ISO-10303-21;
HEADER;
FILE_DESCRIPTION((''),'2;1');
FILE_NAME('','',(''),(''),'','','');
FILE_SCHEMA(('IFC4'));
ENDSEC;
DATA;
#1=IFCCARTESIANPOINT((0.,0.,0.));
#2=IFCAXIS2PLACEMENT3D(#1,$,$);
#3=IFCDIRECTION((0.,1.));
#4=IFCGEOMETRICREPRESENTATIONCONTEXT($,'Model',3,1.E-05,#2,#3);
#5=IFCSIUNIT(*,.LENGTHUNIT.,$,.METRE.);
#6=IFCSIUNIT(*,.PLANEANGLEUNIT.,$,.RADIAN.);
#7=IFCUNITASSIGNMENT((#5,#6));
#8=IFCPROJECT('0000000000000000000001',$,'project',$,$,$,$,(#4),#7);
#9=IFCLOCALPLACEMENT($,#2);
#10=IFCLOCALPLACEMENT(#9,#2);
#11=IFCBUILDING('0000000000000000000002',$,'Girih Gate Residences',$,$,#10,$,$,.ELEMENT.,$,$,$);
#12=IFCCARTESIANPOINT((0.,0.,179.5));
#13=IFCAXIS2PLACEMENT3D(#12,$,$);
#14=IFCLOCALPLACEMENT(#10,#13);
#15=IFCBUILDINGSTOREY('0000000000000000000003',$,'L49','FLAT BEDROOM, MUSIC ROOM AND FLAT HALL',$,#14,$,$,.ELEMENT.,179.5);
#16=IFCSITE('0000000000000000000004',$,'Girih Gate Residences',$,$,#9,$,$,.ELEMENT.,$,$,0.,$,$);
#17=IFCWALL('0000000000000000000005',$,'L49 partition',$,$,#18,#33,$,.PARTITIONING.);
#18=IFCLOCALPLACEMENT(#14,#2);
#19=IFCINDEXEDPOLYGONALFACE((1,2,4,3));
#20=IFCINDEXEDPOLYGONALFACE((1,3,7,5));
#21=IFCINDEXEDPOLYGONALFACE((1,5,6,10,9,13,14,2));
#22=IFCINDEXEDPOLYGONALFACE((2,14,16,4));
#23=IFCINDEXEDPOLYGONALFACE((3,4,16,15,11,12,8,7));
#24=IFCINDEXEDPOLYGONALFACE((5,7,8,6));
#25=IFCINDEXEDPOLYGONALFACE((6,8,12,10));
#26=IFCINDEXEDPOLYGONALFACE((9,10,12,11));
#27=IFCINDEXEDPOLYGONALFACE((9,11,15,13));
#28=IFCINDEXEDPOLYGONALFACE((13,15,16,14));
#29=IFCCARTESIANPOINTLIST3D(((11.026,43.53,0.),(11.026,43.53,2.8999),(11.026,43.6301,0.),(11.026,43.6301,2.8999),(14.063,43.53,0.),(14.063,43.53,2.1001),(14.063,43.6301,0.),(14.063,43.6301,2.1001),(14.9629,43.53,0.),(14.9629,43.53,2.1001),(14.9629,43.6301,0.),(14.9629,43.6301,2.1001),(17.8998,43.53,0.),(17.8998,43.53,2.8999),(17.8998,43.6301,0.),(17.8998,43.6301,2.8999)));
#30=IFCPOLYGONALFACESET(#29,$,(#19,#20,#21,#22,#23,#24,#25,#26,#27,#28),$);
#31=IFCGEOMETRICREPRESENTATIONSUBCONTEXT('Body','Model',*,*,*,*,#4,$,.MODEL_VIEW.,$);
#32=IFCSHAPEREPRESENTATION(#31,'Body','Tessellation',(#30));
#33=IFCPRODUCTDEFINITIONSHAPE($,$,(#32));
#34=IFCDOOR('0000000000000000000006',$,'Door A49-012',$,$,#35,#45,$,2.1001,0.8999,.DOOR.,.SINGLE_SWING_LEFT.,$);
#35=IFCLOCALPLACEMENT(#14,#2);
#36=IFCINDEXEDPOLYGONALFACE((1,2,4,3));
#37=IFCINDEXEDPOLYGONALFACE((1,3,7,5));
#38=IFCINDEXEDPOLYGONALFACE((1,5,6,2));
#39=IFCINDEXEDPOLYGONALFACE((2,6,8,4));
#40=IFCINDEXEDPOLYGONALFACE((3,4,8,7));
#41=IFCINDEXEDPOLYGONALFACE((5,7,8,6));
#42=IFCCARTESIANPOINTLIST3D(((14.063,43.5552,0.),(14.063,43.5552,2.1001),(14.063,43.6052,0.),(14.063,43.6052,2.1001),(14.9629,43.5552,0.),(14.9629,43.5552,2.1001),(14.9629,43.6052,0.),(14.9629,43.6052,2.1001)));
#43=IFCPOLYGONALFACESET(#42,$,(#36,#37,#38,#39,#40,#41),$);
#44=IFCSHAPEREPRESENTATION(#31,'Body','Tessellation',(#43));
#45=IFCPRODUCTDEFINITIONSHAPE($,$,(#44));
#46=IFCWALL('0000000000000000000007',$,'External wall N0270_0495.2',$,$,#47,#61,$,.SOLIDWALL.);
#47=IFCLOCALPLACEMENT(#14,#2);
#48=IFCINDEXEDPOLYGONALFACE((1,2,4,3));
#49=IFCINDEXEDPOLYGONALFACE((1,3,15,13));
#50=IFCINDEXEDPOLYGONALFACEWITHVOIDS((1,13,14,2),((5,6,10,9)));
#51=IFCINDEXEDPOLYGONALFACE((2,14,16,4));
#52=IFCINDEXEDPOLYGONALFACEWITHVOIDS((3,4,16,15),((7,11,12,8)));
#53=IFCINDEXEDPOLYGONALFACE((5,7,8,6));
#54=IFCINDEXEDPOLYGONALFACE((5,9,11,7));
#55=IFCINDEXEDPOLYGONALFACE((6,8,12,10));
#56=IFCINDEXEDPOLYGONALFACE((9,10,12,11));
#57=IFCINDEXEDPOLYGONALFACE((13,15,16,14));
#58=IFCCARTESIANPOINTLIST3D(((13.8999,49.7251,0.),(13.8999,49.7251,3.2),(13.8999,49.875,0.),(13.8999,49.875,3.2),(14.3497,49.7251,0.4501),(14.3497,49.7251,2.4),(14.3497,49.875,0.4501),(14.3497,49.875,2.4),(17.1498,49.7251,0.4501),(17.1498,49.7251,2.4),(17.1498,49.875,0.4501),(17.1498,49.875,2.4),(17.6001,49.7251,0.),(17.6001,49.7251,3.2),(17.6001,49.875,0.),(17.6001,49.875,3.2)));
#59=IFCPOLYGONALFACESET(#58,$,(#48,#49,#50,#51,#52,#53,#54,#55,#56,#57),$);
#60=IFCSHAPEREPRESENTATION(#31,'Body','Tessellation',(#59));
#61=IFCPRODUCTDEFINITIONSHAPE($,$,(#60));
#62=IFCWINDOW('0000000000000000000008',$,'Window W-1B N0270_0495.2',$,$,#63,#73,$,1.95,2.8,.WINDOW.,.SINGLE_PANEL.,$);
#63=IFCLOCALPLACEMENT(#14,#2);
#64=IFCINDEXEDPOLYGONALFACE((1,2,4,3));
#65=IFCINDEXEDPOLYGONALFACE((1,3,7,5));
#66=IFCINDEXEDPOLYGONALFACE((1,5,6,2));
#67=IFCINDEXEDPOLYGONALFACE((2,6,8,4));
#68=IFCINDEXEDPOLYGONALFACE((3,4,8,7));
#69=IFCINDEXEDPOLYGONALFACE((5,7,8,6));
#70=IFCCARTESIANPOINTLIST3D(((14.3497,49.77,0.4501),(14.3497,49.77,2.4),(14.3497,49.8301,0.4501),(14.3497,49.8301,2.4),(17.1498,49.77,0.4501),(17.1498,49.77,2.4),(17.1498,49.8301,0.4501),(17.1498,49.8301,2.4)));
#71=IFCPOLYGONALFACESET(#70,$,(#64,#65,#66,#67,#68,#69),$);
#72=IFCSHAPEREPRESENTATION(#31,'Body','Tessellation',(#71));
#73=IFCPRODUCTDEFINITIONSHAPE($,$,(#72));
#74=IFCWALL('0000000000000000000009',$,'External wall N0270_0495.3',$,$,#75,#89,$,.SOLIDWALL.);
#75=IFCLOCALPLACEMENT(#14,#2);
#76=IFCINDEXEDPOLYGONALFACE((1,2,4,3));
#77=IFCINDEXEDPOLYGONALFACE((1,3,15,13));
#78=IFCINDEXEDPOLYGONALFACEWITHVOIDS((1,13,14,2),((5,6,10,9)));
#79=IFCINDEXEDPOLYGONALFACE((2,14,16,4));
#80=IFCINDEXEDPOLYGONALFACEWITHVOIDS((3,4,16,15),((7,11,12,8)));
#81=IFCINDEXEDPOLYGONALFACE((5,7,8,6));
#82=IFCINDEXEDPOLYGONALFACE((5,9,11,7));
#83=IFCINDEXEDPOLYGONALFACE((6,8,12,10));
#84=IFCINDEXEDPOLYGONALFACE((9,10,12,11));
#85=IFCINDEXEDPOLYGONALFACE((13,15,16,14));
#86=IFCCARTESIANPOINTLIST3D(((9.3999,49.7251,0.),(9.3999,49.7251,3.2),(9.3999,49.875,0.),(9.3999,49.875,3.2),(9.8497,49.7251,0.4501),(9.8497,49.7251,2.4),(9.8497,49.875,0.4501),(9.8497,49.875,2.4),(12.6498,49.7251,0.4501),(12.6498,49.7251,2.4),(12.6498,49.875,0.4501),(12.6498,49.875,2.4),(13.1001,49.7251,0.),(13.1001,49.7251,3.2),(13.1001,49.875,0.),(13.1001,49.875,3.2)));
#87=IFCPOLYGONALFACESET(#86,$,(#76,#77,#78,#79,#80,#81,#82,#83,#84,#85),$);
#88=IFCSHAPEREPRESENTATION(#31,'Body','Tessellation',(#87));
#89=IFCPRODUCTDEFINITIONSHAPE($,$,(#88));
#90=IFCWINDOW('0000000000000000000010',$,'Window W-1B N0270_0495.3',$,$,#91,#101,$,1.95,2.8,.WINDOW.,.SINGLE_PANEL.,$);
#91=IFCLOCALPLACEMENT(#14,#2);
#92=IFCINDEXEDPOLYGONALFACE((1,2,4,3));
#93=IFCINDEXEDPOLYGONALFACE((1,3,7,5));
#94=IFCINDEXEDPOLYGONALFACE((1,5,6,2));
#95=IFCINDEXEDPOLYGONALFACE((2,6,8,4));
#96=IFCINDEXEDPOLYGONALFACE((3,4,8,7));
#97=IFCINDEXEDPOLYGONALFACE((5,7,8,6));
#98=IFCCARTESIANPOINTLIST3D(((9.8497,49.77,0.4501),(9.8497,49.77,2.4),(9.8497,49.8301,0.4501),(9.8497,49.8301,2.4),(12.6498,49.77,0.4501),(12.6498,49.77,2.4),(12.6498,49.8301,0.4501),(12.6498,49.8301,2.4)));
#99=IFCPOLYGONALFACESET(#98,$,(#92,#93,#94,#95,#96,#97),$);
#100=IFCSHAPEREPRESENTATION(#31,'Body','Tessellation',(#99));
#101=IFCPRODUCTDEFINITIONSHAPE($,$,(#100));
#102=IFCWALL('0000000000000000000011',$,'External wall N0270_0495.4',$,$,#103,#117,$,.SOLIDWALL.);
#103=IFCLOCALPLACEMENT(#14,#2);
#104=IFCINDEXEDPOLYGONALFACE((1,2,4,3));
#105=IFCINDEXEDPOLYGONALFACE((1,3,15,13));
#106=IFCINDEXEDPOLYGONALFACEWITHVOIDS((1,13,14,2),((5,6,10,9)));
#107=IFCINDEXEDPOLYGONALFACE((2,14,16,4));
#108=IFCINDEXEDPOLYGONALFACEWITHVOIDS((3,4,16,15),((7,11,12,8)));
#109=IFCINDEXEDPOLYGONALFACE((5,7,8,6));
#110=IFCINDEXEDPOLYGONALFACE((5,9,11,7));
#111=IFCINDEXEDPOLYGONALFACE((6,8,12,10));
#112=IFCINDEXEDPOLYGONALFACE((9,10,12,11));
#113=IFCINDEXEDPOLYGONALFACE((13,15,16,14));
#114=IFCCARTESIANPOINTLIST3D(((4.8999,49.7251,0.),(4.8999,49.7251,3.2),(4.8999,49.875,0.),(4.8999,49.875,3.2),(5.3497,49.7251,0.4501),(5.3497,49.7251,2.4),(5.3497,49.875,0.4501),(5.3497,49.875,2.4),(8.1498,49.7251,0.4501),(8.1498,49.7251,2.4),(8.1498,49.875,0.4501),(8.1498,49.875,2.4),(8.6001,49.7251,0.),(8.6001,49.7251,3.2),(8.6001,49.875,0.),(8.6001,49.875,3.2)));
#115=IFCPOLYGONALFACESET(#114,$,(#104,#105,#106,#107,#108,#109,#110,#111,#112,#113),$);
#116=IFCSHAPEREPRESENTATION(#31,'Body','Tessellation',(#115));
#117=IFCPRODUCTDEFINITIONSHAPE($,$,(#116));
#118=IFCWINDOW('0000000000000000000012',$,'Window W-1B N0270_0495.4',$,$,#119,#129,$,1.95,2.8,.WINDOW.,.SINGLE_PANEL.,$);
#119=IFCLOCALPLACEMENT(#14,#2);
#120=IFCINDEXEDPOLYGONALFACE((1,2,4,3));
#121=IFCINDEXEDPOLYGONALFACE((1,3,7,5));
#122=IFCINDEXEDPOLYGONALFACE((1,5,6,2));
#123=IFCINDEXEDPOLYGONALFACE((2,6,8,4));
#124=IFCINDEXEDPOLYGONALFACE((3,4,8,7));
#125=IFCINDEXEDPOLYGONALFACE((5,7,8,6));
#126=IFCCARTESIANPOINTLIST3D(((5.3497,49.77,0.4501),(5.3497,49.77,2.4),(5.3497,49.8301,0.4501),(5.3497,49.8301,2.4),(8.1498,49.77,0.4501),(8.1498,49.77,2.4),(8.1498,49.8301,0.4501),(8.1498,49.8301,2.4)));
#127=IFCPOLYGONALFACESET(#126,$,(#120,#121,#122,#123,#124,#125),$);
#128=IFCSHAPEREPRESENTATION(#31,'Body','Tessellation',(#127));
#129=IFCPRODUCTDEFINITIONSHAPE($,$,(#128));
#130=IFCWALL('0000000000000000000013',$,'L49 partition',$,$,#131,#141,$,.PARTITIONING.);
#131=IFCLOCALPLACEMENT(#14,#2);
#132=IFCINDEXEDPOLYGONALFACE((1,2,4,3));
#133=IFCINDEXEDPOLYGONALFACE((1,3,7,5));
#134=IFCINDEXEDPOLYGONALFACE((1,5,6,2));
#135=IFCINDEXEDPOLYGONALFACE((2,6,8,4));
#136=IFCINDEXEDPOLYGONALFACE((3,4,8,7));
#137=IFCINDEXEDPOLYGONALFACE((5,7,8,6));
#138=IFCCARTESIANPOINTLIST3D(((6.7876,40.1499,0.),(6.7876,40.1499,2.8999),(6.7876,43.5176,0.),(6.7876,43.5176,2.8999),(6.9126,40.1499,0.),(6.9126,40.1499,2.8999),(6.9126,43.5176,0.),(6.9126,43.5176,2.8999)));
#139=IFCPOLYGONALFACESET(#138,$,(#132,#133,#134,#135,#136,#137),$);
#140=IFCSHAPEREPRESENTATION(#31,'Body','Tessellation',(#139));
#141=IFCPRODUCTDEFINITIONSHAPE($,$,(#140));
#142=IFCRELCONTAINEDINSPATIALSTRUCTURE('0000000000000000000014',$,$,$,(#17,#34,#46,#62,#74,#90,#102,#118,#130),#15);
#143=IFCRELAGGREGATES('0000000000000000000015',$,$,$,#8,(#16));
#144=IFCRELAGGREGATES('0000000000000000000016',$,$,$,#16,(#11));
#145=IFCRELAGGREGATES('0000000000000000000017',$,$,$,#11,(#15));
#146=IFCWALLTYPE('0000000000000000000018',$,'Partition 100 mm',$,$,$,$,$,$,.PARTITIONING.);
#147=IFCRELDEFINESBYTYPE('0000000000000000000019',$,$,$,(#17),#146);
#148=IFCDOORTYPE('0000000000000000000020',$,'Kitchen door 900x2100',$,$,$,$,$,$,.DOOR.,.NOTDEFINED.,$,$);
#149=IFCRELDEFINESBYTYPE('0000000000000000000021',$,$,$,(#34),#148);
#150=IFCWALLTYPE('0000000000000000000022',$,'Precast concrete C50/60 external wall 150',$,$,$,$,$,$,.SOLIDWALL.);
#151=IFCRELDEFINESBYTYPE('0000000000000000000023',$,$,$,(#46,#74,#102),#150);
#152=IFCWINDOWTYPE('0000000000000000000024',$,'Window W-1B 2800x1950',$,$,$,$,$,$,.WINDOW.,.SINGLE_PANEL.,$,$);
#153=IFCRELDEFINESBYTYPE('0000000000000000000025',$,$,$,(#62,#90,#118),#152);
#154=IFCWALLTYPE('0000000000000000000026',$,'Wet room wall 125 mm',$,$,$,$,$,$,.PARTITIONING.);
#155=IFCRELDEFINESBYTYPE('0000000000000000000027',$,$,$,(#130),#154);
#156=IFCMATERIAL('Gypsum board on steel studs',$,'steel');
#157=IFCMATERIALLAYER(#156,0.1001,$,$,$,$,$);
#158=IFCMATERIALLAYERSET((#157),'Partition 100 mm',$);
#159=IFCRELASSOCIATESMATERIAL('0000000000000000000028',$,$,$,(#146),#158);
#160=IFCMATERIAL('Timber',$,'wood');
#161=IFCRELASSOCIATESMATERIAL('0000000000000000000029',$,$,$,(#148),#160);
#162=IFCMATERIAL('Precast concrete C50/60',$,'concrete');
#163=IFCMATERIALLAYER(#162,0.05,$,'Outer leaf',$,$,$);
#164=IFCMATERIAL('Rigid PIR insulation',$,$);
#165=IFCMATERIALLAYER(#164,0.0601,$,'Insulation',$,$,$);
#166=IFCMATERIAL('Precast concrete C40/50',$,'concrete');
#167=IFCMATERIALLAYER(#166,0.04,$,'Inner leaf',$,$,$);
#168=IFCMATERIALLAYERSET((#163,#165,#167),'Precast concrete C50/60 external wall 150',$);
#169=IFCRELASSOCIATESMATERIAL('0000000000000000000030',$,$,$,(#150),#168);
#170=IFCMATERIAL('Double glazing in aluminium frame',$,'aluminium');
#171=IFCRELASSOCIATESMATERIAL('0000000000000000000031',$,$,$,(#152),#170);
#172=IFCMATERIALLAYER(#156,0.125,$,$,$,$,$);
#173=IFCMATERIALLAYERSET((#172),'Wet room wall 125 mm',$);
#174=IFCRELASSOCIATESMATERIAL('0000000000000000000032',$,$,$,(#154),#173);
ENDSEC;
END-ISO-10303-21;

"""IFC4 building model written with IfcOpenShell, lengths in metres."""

from ifc_helpers import new_model, si_unit, direction, frame, frame_2d, origin, place, context, subcontext, project, spatial, rectangle, extrude, material, layer, layer_set, type_object, element, fill, save


model = new_model("IFC4")

# Units and contexts
model_context = context("Model", 3, precision=1e-05, world=origin(), true_north=direction((0.0, 1.0)))
body_context = subcontext(model_context, "Body", "Model", "MODEL_VIEW")
ifc_project = project(units=[si_unit("LENGTHUNIT", "METRE"), si_unit("PLANEANGLEUNIT", "RADIAN")], contexts=[model_context])

# Site, building, storey
site_placement = place(None, origin())
site = spatial("IfcSite", under=ifc_project, at=site_placement, Name="Girih Gate Residences", CompositionType="ELEMENT", RefElevation=0.0)
building_placement = place(site_placement, origin())
building = spatial("IfcBuilding", under=site, at=building_placement, Name="Girih Gate Residences", CompositionType="ELEMENT")
storey_placement = place(building_placement, frame((0.0, 0.0, 179.5)))
storey = spatial("IfcBuildingStorey", under=building, at=storey_placement, Name="L49", Description="FLAT BEDROOM, MUSIC ROOM AND FLAT HALL", CompositionType="ELEMENT", Elevation=179.5)

# Shared definitions
ifc_material_1 = material(Name="Gypsum board on steel studs", Category="steel")
ifc_layer_1 = layer(ifc_material_1, 0.1001)
ifc_layer_set_1 = layer_set([ifc_layer_1], Name="Partition 100 mm")
wall_type_1 = type_object("IfcWallType", Name="Partition 100 mm", PredefinedType="PARTITIONING", material=ifc_layer_set_1)

# Wall, opening, door
ifc_material_2 = material(Name="Timber", Category="wood")
wall_1_placement = place(storey_placement, frame((17.8999, 43.5801, 0.0), z_axis=(0.0, 0.0, 1.0), x_axis=(-1.0, 0.0, 0.0)))
wall_1 = element("IfcWall", 1, at=wall_1_placement, inside=storey, type_object=wall_type_1, Name="L49 partition", PredefinedType="PARTITIONING", context=body_context, shape_type="SweptSolid", body=[
    extrude(rectangle(XDim=6.8738, YDim=0.1001, at=frame_2d((3.437, 0.0))), origin(), (0.0, 0.0, 1.0), 2.8999),
])
opening_1_placement = place(wall_1_placement, frame((2.937, 0.0, 0.0)))
opening_1 = element("IfcOpeningElement", 2, at=opening_1_placement, cuts=wall_1, PredefinedType="OPENING", context=body_context, shape_type="SweptSolid", body=[
    extrude(rectangle(XDim=0.8999, YDim=2.1001, at=frame_2d((0.45, 1.05))), frame((0.0, 0.0601, 0.0), z_axis=(0.0, -1.0, 0.0), x_axis=(1.0, 0.0, 0.0)), (0.0, 0.0, 1.0), 0.1201),
])
door_type_1 = type_object("IfcDoorType", Name="Kitchen door 900x2100", OperationType="NOTDEFINED", PredefinedType="DOOR", material=ifc_material_2)
door_1_placement = place(opening_1_placement, origin())
door_1 = element("IfcDoor", 3, at=door_1_placement, inside=storey, type_object=door_type_1, Name="Door A49-012", OperationType="SINGLE_SWING_LEFT", OverallHeight=2.1001, OverallWidth=0.8999, PredefinedType="DOOR", context=body_context, shape_type="SweptSolid", body=[
    extrude(rectangle(XDim=0.8999, YDim=2.1001, at=frame_2d((0.45, 1.05))), frame((0.0, 0.0249, 0.0), z_axis=(0.0, -1.0, 0.0), x_axis=(1.0, 0.0, 0.0)), (0.0, 0.0, 1.0), 0.05),
])
fill(opening_1, door_1)

# Walls, openings, windows
ifc_material_3 = material(Name="Precast concrete C50/60", Category="concrete")
ifc_layer_2 = layer(ifc_material_3, 0.05, Name="Outer leaf")
ifc_material_4 = material(Name="Rigid PIR insulation")
ifc_layer_3 = layer(ifc_material_4, 0.0601, Name="Insulation")
ifc_material_5 = material(Name="Precast concrete C40/50", Category="concrete")
ifc_layer_4 = layer(ifc_material_5, 0.04, Name="Inner leaf")
ifc_layer_set_2 = layer_set([ifc_layer_2, ifc_layer_3, ifc_layer_4], Name="Precast concrete C50/60 external wall 150")
wall_type_2 = type_object("IfcWallType", Name="Precast concrete C50/60 external wall 150", PredefinedType="SOLIDWALL", material=ifc_layer_set_2)
wall_2_placement = place(storey_placement, frame((13.8999, 49.8, 0.0), z_axis=(0.0, 0.0, 1.0), x_axis=(1.0, 0.0, 0.0)))
wall_2 = element("IfcWall", 4, at=wall_2_placement, inside=storey, type_object=wall_type_2, Name="External wall N0270_0495.2", PredefinedType="SOLIDWALL", context=body_context, shape_type="SweptSolid", body=[
    extrude(rectangle(XDim=3.7002, YDim=0.1499, at=frame_2d((1.8501, 0.0))), origin(), (0.0, 0.0, 1.0), 3.2),
])
opening_2_placement = place(wall_2_placement, frame((0.45, 0.0, 0.45)))
opening_2 = element("IfcOpeningElement", 5, at=opening_2_placement, cuts=wall_2, PredefinedType="OPENING", context=body_context, shape_type="SweptSolid", body=[
    extrude(rectangle(XDim=2.8, YDim=1.95, at=frame_2d((1.3999, 0.9751))), frame((0.0, 0.085, 0.0), z_axis=(0.0, -1.0, 0.0), x_axis=(1.0, 0.0, 0.0)), (0.0, 0.0, 1.0), 0.1699),
])
ifc_material_6 = material(Name="Double glazing in aluminium frame", Category="aluminium")
window_type = type_object("IfcWindowType", Name="Window W-1B 2800x1950", PartitioningType="SINGLE_PANEL", PredefinedType="WINDOW", material=ifc_material_6)
window_1_placement = place(opening_2_placement, origin())
window_1 = element("IfcWindow", 6, at=window_1_placement, inside=storey, type_object=window_type, Name="Window W-1B N0270_0495.2", OverallHeight=1.95, OverallWidth=2.8, PartitioningType="SINGLE_PANEL", PredefinedType="WINDOW", context=body_context, shape_type="SweptSolid", body=[
    extrude(rectangle(XDim=2.8, YDim=1.95, at=frame_2d((1.3999, 0.9751))), frame((0.0, 0.03, 0.0), z_axis=(0.0, -1.0, 0.0), x_axis=(1.0, 0.0, 0.0)), (0.0, 0.0, 1.0), 0.0601),
])
fill(opening_2, window_1)
wall_3_placement = place(storey_placement, frame((9.3999, 49.8, 0.0), z_axis=(0.0, 0.0, 1.0), x_axis=(1.0, 0.0, 0.0)))
wall_3 = element("IfcWall", 7, at=wall_3_placement, inside=storey, type_object=wall_type_2, Name="External wall N0270_0495.3", PredefinedType="SOLIDWALL", context=body_context, shape_type="SweptSolid", body=[
    extrude(rectangle(XDim=3.7002, YDim=0.1499, at=frame_2d((1.8501, 0.0))), origin(), (0.0, 0.0, 1.0), 3.2),
])
opening_3_placement = place(wall_3_placement, frame((0.45, 0.0, 0.45)))
opening_3 = element("IfcOpeningElement", 8, at=opening_3_placement, cuts=wall_3, PredefinedType="OPENING", context=body_context, shape_type="SweptSolid", body=[
    extrude(rectangle(XDim=2.8, YDim=1.95, at=frame_2d((1.3999, 0.9751))), frame((0.0, 0.085, 0.0), z_axis=(0.0, -1.0, 0.0), x_axis=(1.0, 0.0, 0.0)), (0.0, 0.0, 1.0), 0.1699),
])
window_2_placement = place(opening_3_placement, origin())
window_2 = element("IfcWindow", 9, at=window_2_placement, inside=storey, type_object=window_type, Name="Window W-1B N0270_0495.3", OverallHeight=1.95, OverallWidth=2.8, PartitioningType="SINGLE_PANEL", PredefinedType="WINDOW", context=body_context, shape_type="SweptSolid", body=[
    extrude(rectangle(XDim=2.8, YDim=1.95, at=frame_2d((1.3999, 0.9751))), frame((0.0, 0.03, 0.0), z_axis=(0.0, -1.0, 0.0), x_axis=(1.0, 0.0, 0.0)), (0.0, 0.0, 1.0), 0.0601),
])
fill(opening_3, window_2)
wall_4_placement = place(storey_placement, frame((4.8999, 49.8, 0.0), z_axis=(0.0, 0.0, 1.0), x_axis=(1.0, 0.0, 0.0)))
wall_4 = element("IfcWall", 10, at=wall_4_placement, inside=storey, type_object=wall_type_2, Name="External wall N0270_0495.4", PredefinedType="SOLIDWALL", context=body_context, shape_type="SweptSolid", body=[
    extrude(rectangle(XDim=3.7002, YDim=0.1499, at=frame_2d((1.8501, 0.0))), origin(), (0.0, 0.0, 1.0), 3.2),
])
opening_4_placement = place(wall_4_placement, frame((0.45, 0.0, 0.45)))
opening_4 = element("IfcOpeningElement", 11, at=opening_4_placement, cuts=wall_4, PredefinedType="OPENING", context=body_context, shape_type="SweptSolid", body=[
    extrude(rectangle(XDim=2.8, YDim=1.95, at=frame_2d((1.3999, 0.9751))), frame((0.0, 0.085, 0.0), z_axis=(0.0, -1.0, 0.0), x_axis=(1.0, 0.0, 0.0)), (0.0, 0.0, 1.0), 0.1699),
])
window_3_placement = place(opening_4_placement, origin())
window_3 = element("IfcWindow", 12, at=window_3_placement, inside=storey, type_object=window_type, Name="Window W-1B N0270_0495.4", OverallHeight=1.95, OverallWidth=2.8, PartitioningType="SINGLE_PANEL", PredefinedType="WINDOW", context=body_context, shape_type="SweptSolid", body=[
    extrude(rectangle(XDim=2.8, YDim=1.95, at=frame_2d((1.3999, 0.9751))), frame((0.0, 0.03, 0.0), z_axis=(0.0, -1.0, 0.0), x_axis=(1.0, 0.0, 0.0)), (0.0, 0.0, 1.0), 0.0601),
])
fill(opening_4, window_3)

# Wall
ifc_layer_5 = layer(ifc_material_1, 0.125)
ifc_layer_set_3 = layer_set([ifc_layer_5], Name="Wet room wall 125 mm")
wall_type_3 = type_object("IfcWallType", Name="Wet room wall 125 mm", PredefinedType="PARTITIONING", material=ifc_layer_set_3)
wall_5_placement = place(storey_placement, frame((6.8501, 40.1499, 0.0), z_axis=(0.0, 0.0, 1.0), x_axis=(0.0, 1.0, 0.0)))
element("IfcWall", 13, at=wall_5_placement, inside=storey, type_object=wall_type_3, Name="L49 partition", PredefinedType="PARTITIONING", context=body_context, shape_type="SweptSolid", body=[
    extrude(rectangle(XDim=3.3677, YDim=0.125, at=frame_2d((1.6838, 0.0))), origin(), (0.0, 0.0, 1.0), 2.8999),
])

save(model, "model.ifc")
